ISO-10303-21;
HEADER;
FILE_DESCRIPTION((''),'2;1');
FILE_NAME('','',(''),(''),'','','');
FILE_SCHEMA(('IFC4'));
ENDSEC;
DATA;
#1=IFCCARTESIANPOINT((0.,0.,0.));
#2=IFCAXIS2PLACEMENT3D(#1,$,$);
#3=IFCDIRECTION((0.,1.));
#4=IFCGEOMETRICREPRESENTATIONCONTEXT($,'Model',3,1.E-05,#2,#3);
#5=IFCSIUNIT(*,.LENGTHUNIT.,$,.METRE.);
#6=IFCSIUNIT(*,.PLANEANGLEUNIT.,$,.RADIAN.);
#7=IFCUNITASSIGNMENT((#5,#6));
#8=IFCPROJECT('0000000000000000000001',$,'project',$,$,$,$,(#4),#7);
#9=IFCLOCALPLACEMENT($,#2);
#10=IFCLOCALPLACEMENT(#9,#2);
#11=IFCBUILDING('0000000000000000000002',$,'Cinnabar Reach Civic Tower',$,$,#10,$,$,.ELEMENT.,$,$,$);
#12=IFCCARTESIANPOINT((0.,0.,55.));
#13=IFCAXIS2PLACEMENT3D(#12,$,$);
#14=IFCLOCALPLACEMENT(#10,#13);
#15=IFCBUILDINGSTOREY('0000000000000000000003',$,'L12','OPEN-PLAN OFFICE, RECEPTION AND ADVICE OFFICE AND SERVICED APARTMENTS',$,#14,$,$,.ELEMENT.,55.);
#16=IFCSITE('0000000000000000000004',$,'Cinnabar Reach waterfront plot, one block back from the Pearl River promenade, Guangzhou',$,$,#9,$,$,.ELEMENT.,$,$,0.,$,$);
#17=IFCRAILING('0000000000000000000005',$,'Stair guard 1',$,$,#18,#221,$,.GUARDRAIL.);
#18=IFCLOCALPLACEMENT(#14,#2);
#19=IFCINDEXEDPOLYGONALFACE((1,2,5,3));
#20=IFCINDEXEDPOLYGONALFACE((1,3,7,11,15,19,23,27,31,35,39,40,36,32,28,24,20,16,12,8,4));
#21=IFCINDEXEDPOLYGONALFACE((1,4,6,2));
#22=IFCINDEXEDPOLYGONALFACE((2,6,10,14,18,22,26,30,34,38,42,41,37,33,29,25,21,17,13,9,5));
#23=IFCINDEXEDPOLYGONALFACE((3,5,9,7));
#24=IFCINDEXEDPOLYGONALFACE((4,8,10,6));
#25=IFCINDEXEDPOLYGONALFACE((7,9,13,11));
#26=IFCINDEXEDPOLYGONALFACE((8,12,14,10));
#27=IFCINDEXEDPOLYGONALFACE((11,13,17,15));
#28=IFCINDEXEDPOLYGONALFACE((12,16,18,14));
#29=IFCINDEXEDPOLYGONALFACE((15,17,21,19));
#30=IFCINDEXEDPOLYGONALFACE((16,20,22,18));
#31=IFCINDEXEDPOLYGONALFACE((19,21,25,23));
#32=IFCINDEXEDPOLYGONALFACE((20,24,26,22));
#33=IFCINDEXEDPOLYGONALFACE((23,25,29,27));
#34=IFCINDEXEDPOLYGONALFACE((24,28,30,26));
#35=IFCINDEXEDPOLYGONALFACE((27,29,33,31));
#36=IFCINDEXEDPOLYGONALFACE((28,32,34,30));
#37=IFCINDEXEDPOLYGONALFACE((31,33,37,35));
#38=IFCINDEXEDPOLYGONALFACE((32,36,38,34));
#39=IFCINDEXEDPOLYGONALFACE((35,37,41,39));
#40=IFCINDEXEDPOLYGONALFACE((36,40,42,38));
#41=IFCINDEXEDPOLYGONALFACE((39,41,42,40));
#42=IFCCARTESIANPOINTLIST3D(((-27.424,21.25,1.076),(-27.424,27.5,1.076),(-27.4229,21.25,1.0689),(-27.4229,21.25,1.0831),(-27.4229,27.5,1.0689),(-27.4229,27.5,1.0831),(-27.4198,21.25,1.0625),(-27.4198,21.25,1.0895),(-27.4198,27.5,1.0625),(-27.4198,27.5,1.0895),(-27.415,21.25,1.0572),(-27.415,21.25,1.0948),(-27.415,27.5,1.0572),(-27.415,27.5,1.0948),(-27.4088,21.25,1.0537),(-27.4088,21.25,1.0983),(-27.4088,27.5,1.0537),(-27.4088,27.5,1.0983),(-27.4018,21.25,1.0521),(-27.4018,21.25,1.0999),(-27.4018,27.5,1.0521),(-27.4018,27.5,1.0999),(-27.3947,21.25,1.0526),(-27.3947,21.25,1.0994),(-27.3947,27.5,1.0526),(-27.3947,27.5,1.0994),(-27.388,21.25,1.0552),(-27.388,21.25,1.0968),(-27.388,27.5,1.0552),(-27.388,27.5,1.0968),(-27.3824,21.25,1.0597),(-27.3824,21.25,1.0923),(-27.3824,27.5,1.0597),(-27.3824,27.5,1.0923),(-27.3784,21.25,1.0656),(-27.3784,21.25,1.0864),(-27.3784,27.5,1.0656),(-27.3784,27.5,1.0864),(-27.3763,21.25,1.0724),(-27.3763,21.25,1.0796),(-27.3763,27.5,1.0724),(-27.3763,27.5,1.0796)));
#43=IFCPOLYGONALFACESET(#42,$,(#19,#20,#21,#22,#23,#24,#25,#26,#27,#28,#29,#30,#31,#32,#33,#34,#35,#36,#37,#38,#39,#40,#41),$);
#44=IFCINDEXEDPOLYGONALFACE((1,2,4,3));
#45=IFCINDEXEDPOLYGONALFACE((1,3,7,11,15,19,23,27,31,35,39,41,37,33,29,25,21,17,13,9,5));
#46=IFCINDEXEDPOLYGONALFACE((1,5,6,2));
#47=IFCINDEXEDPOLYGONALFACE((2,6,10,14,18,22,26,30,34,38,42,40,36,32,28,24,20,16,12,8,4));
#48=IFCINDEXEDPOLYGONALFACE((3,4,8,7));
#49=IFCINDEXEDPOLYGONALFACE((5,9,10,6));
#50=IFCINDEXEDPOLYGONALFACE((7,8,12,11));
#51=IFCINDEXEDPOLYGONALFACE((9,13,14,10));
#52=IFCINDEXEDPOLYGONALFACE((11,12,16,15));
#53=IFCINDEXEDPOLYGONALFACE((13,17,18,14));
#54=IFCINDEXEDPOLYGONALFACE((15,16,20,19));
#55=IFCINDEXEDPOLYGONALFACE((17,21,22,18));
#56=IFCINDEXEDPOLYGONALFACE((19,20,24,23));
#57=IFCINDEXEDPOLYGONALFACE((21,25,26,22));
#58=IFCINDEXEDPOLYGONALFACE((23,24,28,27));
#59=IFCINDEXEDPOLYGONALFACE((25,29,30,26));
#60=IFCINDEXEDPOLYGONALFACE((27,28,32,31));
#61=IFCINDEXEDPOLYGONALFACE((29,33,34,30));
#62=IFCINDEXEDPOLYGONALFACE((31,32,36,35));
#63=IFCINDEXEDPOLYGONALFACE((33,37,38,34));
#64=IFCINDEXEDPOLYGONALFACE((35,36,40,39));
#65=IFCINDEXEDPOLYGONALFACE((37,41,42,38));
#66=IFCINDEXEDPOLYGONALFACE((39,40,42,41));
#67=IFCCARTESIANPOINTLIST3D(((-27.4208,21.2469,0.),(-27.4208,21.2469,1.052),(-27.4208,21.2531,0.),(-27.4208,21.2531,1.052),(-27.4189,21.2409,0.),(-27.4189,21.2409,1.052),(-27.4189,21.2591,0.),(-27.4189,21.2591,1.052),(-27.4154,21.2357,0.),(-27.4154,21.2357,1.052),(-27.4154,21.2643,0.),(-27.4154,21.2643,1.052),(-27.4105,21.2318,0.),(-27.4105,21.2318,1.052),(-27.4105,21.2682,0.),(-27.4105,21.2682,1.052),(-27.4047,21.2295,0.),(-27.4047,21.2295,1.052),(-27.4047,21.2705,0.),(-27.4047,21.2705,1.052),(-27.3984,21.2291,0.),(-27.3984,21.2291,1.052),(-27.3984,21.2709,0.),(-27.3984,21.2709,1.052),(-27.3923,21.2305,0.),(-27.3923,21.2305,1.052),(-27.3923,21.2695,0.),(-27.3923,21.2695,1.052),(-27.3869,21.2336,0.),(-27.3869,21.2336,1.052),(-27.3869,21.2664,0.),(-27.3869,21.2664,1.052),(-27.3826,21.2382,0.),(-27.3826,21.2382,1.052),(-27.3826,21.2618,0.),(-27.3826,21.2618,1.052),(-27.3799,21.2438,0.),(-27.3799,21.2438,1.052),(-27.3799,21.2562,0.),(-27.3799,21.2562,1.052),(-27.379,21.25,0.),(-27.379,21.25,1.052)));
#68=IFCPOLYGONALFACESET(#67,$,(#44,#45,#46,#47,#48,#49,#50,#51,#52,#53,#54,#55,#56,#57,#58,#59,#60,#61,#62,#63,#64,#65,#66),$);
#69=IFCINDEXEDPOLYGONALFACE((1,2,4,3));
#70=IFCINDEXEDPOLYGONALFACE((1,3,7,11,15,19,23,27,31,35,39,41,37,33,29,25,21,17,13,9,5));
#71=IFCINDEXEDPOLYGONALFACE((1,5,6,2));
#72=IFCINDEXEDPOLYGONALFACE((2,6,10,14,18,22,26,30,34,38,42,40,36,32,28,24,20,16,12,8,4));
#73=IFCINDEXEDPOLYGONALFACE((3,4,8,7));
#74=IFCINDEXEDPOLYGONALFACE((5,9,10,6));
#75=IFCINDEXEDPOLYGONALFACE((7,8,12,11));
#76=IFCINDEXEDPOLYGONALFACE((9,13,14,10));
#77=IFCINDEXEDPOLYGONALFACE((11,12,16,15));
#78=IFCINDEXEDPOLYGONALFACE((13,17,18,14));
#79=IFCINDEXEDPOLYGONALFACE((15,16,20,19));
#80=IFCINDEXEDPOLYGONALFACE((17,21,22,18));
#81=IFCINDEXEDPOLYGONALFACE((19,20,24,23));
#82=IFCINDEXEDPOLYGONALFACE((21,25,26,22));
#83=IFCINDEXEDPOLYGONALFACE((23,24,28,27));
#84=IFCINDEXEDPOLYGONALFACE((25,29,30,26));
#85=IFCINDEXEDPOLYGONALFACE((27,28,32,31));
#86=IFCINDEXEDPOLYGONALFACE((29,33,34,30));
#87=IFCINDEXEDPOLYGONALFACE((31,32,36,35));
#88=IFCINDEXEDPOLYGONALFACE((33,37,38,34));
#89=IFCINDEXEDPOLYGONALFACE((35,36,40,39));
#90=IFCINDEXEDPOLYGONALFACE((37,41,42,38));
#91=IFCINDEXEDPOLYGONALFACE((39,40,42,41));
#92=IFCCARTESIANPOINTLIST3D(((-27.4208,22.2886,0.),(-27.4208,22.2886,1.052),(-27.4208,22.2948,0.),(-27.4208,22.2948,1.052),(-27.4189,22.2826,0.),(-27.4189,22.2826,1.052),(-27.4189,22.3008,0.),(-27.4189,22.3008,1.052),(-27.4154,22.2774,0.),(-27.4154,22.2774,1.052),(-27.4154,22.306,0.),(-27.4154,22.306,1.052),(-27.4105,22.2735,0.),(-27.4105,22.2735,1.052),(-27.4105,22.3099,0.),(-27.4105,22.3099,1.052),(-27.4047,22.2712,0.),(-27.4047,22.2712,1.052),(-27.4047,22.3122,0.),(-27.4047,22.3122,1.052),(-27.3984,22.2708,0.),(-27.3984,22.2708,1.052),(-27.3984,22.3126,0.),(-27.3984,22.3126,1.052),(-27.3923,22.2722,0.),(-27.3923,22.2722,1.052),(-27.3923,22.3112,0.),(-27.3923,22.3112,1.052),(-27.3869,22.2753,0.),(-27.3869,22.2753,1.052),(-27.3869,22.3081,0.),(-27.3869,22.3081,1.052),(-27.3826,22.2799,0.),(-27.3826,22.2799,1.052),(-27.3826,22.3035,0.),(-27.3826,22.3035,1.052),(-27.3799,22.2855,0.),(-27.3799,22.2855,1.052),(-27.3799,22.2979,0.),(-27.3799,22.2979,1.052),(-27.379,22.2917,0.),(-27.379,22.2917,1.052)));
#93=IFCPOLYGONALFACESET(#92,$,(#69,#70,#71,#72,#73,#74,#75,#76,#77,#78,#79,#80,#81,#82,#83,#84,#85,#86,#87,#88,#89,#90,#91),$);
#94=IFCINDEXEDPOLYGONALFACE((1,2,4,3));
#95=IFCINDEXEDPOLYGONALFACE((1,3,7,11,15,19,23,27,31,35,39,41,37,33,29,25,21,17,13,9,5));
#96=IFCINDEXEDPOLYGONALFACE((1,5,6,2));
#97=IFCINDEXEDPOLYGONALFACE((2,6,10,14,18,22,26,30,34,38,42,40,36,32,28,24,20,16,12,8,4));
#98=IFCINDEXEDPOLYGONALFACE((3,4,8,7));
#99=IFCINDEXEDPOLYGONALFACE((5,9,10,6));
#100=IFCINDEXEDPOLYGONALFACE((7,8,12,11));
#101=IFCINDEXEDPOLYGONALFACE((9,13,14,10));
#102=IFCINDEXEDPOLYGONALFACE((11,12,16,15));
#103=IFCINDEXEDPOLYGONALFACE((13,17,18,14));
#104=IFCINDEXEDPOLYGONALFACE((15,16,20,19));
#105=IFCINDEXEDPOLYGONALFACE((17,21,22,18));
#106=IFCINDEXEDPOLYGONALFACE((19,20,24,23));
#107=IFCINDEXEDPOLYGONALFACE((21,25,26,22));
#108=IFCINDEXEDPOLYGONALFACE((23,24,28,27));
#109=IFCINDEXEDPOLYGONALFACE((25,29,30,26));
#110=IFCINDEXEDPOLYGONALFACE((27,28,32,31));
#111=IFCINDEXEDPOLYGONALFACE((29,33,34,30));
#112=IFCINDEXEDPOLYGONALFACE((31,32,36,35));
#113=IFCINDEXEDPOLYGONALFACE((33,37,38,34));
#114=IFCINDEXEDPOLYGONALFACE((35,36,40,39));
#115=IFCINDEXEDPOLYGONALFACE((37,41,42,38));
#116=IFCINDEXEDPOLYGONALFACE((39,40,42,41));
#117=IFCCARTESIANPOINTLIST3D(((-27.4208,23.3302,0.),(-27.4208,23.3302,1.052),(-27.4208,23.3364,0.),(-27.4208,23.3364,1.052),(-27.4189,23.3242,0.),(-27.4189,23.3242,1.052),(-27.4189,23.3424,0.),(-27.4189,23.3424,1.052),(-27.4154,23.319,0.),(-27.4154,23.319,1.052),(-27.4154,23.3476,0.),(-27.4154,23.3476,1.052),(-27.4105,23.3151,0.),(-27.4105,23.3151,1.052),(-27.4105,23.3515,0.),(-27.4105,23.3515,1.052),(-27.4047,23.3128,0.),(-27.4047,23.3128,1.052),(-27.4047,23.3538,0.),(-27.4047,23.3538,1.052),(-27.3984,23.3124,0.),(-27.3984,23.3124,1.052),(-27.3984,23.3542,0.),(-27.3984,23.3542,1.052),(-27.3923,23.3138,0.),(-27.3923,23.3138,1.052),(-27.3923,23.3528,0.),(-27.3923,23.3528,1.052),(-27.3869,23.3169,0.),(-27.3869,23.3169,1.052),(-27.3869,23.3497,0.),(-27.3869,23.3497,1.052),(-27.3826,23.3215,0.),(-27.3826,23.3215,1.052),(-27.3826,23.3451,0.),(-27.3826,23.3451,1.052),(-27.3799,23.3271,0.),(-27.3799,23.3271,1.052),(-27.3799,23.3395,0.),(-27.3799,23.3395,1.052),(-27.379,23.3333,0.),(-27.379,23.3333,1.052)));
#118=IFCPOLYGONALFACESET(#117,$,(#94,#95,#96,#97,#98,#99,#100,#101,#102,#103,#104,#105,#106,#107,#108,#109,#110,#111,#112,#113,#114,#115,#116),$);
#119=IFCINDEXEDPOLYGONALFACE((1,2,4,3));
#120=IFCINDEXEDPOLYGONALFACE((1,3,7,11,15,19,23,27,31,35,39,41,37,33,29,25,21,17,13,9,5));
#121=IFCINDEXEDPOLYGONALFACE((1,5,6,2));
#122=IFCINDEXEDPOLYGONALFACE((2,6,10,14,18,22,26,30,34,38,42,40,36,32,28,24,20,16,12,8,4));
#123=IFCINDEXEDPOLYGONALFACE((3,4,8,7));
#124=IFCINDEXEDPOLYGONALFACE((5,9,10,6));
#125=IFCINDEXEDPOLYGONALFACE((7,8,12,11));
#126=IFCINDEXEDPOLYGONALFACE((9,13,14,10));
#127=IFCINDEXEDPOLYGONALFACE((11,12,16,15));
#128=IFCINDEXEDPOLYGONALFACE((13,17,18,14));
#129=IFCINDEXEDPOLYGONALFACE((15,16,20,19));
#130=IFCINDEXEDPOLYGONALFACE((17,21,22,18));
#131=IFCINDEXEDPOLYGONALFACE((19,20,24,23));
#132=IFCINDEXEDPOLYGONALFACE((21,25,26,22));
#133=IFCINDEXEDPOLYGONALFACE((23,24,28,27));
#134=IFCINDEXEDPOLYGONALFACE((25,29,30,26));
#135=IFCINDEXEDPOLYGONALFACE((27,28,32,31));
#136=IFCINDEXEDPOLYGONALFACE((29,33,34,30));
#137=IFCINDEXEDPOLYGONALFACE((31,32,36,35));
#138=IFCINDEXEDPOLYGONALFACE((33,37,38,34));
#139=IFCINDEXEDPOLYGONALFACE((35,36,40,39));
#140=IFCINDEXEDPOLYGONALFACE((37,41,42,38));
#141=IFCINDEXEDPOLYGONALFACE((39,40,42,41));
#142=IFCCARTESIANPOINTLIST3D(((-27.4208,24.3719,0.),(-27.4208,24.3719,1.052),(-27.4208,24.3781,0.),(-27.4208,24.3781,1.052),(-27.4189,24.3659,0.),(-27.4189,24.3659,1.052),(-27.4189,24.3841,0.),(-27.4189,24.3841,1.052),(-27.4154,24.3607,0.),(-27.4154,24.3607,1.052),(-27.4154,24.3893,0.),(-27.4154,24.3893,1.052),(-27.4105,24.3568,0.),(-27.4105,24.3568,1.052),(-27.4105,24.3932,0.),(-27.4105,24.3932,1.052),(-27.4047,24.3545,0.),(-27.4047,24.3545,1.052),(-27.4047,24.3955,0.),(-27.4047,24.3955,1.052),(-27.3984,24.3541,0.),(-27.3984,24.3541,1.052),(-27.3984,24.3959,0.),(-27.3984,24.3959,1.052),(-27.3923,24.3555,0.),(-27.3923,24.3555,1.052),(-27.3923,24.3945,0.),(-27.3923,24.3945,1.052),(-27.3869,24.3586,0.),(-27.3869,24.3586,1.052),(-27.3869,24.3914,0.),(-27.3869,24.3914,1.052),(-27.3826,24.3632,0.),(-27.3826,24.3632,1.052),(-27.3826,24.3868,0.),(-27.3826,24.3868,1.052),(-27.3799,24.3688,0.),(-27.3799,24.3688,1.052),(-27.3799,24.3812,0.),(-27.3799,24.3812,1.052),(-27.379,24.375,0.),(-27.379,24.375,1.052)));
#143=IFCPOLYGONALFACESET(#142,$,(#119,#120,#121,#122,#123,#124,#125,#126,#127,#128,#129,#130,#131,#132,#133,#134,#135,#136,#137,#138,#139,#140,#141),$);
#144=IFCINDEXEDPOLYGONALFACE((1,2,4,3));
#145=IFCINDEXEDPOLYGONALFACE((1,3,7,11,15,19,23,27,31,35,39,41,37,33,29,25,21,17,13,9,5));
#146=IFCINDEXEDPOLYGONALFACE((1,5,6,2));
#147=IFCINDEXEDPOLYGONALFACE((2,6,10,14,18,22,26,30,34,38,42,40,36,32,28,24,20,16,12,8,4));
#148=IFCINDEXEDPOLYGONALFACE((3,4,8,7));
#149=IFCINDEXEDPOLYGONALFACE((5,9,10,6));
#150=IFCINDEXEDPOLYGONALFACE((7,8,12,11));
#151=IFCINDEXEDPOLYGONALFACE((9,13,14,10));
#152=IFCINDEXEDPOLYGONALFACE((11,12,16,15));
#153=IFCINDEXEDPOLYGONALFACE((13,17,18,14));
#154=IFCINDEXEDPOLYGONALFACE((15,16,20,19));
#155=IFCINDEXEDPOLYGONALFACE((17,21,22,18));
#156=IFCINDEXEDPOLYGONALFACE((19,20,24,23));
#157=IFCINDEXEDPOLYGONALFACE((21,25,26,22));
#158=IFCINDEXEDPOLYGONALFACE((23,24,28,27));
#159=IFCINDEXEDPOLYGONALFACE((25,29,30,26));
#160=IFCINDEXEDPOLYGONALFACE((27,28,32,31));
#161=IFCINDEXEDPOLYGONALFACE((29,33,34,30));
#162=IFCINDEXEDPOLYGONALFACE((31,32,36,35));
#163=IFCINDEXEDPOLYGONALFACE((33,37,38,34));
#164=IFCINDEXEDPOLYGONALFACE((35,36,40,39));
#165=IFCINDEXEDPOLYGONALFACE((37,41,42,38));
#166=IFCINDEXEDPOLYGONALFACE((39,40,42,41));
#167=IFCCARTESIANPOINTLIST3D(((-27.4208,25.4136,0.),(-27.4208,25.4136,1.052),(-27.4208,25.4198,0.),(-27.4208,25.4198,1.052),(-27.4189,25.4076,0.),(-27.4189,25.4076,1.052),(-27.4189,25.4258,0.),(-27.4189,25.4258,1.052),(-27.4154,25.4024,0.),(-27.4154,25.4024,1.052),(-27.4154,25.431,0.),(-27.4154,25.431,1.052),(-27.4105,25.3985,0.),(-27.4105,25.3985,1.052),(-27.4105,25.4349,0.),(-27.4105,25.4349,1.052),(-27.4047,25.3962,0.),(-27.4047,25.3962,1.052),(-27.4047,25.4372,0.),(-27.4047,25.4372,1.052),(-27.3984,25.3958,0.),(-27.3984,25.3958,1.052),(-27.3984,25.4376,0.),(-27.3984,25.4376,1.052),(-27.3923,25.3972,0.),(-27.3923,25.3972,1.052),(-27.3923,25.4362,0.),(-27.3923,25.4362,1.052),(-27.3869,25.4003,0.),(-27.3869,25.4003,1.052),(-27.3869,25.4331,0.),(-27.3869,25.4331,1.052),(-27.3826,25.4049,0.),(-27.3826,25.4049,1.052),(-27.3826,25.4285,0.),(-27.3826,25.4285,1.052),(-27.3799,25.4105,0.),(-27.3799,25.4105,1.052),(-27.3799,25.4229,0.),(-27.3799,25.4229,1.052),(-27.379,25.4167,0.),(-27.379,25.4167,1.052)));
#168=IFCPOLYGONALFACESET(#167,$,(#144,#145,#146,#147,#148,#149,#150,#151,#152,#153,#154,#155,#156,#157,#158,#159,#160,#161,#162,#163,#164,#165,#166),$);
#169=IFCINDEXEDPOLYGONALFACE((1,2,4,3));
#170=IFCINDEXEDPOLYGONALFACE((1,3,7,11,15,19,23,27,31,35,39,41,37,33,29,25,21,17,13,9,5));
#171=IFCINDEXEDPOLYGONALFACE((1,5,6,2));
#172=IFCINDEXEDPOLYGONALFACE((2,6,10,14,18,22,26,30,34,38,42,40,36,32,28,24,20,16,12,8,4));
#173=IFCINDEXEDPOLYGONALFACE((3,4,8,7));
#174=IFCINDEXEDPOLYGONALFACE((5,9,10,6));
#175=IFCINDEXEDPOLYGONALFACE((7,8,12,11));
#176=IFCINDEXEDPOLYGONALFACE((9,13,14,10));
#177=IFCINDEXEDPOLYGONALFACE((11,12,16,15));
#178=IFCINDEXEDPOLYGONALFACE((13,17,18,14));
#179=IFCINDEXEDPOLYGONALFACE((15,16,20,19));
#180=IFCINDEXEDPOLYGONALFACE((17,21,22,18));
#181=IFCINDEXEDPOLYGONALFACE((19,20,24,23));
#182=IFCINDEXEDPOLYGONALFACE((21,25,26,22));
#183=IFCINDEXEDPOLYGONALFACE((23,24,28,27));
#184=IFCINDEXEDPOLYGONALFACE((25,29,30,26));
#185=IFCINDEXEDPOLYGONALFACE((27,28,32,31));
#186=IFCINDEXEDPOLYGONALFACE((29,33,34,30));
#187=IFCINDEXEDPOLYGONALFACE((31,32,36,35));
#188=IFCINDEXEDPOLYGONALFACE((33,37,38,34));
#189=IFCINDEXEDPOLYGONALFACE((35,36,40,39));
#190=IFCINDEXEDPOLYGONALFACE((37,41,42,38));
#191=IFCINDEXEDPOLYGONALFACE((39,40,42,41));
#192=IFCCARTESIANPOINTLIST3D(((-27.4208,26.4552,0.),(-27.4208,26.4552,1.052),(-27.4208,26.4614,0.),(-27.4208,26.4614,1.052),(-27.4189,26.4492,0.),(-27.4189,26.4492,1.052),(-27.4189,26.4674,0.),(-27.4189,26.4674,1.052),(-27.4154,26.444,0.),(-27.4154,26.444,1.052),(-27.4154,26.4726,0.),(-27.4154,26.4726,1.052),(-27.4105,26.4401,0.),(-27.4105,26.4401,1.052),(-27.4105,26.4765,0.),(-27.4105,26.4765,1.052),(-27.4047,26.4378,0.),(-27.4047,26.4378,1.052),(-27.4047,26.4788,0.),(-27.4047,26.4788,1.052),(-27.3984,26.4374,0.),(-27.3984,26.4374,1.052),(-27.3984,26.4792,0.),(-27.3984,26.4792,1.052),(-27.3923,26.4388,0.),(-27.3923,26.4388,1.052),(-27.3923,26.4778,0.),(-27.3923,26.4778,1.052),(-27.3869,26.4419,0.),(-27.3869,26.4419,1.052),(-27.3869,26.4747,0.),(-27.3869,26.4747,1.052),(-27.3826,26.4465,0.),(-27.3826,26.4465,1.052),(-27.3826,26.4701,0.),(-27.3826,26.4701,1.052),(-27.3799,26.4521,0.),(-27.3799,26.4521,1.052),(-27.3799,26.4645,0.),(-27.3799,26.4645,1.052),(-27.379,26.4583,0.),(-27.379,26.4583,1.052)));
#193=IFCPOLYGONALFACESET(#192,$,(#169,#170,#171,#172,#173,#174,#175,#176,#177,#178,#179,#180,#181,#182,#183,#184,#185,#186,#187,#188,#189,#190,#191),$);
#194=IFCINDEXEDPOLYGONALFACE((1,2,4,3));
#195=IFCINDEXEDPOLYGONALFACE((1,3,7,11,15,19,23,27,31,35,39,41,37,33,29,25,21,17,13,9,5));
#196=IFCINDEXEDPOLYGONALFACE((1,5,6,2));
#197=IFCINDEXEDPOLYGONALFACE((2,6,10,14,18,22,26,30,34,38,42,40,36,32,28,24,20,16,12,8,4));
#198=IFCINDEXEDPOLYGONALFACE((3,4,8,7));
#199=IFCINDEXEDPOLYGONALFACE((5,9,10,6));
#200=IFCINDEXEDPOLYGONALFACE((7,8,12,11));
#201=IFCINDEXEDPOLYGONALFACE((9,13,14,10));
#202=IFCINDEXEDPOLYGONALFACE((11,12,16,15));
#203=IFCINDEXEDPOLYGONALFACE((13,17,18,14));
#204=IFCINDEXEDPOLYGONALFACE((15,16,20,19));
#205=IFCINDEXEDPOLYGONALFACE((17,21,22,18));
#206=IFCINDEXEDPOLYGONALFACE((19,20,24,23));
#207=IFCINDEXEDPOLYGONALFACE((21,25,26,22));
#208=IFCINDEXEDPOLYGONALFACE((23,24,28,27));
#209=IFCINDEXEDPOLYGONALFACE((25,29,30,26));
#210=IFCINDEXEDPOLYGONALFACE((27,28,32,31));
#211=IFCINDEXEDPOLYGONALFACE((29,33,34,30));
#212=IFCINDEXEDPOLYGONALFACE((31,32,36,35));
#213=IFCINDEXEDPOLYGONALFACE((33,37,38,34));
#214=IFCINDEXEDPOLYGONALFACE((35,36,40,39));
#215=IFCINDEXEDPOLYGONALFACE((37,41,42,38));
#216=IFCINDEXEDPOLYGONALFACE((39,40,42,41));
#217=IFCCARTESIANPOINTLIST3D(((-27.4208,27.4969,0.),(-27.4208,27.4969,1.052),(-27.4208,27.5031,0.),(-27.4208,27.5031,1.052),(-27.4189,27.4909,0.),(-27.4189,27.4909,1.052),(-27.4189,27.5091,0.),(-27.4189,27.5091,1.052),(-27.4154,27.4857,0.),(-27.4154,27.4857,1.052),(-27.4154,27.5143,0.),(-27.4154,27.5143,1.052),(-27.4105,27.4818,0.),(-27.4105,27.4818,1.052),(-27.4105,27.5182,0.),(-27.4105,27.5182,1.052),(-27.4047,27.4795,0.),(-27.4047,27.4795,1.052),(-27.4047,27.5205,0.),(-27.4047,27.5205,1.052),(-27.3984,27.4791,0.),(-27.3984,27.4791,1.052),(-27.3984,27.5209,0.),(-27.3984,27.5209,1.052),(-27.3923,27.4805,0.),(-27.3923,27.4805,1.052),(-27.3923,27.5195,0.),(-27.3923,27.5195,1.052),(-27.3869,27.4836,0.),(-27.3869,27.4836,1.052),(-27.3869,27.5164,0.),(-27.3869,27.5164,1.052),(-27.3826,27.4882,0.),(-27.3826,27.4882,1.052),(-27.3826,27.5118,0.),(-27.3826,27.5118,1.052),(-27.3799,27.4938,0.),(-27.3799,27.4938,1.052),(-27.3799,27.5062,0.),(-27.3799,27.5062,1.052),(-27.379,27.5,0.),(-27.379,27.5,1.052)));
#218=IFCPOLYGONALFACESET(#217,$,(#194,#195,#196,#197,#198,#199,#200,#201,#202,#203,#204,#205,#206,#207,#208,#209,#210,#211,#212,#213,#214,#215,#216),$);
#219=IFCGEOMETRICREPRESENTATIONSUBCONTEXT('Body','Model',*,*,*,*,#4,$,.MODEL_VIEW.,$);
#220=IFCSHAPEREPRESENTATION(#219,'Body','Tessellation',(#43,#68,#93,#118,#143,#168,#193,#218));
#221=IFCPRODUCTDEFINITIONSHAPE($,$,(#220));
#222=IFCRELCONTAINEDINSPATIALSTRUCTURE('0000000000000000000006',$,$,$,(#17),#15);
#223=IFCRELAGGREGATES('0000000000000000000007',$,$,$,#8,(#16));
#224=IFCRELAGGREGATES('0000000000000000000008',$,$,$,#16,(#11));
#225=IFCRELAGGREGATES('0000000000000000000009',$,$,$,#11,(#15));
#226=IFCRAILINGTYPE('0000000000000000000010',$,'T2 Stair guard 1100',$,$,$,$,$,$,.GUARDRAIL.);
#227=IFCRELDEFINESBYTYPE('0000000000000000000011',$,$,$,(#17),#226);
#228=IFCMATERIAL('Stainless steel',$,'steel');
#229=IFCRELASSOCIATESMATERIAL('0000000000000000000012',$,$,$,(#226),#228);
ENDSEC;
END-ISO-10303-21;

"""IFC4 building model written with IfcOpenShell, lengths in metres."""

from ifc_helpers import new_model, si_unit, direction, frame, origin, origin_2d, place, context, subcontext, project, spatial, circle, extrude, material, type_object, element, save


model = new_model("IFC4")

# Units and contexts
model_context = context("Model", 3, precision=1e-05, world=origin(), true_north=direction((0.0, 1.0)))
body_context = subcontext(model_context, "Body", "Model", "MODEL_VIEW")
ifc_project = project(units=[si_unit("LENGTHUNIT", "METRE"), si_unit("PLANEANGLEUNIT", "RADIAN")], contexts=[model_context])

# Site, building, storey
site_placement = place(None, origin())
site = spatial("IfcSite", under=ifc_project, at=site_placement, Name="Cinnabar Reach waterfront plot, one block back from the Pearl River promenade, Guangzhou", CompositionType="ELEMENT", RefElevation=0.0)
building_placement = place(site_placement, origin())
building = spatial("IfcBuilding", under=site, at=building_placement, Name="Cinnabar Reach Civic Tower", CompositionType="ELEMENT")
storey_placement = place(building_placement, frame((0.0, 0.0, 55.0)))
storey = spatial("IfcBuildingStorey", under=building, at=storey_placement, Name="L12", Description="OPEN-PLAN OFFICE, RECEPTION AND ADVICE OFFICE AND SERVICED APARTMENTS", CompositionType="ELEMENT", Elevation=55.0)

# Railing
ifc_material_1 = material(Name="Stainless steel", Category="steel")
railing_type = type_object("IfcRailingType", Name="T2 Stair guard 1100", PredefinedType="GUARDRAIL", material=ifc_material_1)
for number, where, name in (
    (1, (-27.4, 21.25, 0.0), "Stair guard 1"),
):
    element("IfcRailing", number, at=place(storey_placement, frame(where)), inside=storey, type_object=railing_type, Name=name, PredefinedType="GUARDRAIL", context=body_context, shape_type="SweptSolid", body=[
        extrude(circle(Radius=0.024, at=origin_2d()), frame((0.0, 0.0, 1.076), z_axis=(0.0, 1.0, 0.0), x_axis=(-1.0, 0.0, 0.0)), (0.0, 0.0, 1.0), 6.25),
        extrude(circle(Radius=0.021, at=origin_2d()), origin(), (0.0, 0.0, 1.0), 1.052),
        extrude(circle(Radius=0.021, at=origin_2d()), frame((0.0, 1.0417, 0.0)), (0.0, 0.0, 1.0), 1.052),
        extrude(circle(Radius=0.021, at=origin_2d()), frame((0.0, 2.0833, 0.0)), (0.0, 0.0, 1.0), 1.052),
        extrude(circle(Radius=0.021, at=origin_2d()), frame((0.0, 3.125, 0.0)), (0.0, 0.0, 1.0), 1.052),
        extrude(circle(Radius=0.021, at=origin_2d()), frame((0.0, 4.1667, 0.0)), (0.0, 0.0, 1.0), 1.052),
        extrude(circle(Radius=0.021, at=origin_2d()), frame((0.0, 5.2083, 0.0)), (0.0, 0.0, 1.0), 1.052),
        extrude(circle(Radius=0.021, at=origin_2d()), frame((0.0, 6.25, 0.0)), (0.0, 0.0, 1.0), 1.052),
    ])

save(model, "model.ifc")
